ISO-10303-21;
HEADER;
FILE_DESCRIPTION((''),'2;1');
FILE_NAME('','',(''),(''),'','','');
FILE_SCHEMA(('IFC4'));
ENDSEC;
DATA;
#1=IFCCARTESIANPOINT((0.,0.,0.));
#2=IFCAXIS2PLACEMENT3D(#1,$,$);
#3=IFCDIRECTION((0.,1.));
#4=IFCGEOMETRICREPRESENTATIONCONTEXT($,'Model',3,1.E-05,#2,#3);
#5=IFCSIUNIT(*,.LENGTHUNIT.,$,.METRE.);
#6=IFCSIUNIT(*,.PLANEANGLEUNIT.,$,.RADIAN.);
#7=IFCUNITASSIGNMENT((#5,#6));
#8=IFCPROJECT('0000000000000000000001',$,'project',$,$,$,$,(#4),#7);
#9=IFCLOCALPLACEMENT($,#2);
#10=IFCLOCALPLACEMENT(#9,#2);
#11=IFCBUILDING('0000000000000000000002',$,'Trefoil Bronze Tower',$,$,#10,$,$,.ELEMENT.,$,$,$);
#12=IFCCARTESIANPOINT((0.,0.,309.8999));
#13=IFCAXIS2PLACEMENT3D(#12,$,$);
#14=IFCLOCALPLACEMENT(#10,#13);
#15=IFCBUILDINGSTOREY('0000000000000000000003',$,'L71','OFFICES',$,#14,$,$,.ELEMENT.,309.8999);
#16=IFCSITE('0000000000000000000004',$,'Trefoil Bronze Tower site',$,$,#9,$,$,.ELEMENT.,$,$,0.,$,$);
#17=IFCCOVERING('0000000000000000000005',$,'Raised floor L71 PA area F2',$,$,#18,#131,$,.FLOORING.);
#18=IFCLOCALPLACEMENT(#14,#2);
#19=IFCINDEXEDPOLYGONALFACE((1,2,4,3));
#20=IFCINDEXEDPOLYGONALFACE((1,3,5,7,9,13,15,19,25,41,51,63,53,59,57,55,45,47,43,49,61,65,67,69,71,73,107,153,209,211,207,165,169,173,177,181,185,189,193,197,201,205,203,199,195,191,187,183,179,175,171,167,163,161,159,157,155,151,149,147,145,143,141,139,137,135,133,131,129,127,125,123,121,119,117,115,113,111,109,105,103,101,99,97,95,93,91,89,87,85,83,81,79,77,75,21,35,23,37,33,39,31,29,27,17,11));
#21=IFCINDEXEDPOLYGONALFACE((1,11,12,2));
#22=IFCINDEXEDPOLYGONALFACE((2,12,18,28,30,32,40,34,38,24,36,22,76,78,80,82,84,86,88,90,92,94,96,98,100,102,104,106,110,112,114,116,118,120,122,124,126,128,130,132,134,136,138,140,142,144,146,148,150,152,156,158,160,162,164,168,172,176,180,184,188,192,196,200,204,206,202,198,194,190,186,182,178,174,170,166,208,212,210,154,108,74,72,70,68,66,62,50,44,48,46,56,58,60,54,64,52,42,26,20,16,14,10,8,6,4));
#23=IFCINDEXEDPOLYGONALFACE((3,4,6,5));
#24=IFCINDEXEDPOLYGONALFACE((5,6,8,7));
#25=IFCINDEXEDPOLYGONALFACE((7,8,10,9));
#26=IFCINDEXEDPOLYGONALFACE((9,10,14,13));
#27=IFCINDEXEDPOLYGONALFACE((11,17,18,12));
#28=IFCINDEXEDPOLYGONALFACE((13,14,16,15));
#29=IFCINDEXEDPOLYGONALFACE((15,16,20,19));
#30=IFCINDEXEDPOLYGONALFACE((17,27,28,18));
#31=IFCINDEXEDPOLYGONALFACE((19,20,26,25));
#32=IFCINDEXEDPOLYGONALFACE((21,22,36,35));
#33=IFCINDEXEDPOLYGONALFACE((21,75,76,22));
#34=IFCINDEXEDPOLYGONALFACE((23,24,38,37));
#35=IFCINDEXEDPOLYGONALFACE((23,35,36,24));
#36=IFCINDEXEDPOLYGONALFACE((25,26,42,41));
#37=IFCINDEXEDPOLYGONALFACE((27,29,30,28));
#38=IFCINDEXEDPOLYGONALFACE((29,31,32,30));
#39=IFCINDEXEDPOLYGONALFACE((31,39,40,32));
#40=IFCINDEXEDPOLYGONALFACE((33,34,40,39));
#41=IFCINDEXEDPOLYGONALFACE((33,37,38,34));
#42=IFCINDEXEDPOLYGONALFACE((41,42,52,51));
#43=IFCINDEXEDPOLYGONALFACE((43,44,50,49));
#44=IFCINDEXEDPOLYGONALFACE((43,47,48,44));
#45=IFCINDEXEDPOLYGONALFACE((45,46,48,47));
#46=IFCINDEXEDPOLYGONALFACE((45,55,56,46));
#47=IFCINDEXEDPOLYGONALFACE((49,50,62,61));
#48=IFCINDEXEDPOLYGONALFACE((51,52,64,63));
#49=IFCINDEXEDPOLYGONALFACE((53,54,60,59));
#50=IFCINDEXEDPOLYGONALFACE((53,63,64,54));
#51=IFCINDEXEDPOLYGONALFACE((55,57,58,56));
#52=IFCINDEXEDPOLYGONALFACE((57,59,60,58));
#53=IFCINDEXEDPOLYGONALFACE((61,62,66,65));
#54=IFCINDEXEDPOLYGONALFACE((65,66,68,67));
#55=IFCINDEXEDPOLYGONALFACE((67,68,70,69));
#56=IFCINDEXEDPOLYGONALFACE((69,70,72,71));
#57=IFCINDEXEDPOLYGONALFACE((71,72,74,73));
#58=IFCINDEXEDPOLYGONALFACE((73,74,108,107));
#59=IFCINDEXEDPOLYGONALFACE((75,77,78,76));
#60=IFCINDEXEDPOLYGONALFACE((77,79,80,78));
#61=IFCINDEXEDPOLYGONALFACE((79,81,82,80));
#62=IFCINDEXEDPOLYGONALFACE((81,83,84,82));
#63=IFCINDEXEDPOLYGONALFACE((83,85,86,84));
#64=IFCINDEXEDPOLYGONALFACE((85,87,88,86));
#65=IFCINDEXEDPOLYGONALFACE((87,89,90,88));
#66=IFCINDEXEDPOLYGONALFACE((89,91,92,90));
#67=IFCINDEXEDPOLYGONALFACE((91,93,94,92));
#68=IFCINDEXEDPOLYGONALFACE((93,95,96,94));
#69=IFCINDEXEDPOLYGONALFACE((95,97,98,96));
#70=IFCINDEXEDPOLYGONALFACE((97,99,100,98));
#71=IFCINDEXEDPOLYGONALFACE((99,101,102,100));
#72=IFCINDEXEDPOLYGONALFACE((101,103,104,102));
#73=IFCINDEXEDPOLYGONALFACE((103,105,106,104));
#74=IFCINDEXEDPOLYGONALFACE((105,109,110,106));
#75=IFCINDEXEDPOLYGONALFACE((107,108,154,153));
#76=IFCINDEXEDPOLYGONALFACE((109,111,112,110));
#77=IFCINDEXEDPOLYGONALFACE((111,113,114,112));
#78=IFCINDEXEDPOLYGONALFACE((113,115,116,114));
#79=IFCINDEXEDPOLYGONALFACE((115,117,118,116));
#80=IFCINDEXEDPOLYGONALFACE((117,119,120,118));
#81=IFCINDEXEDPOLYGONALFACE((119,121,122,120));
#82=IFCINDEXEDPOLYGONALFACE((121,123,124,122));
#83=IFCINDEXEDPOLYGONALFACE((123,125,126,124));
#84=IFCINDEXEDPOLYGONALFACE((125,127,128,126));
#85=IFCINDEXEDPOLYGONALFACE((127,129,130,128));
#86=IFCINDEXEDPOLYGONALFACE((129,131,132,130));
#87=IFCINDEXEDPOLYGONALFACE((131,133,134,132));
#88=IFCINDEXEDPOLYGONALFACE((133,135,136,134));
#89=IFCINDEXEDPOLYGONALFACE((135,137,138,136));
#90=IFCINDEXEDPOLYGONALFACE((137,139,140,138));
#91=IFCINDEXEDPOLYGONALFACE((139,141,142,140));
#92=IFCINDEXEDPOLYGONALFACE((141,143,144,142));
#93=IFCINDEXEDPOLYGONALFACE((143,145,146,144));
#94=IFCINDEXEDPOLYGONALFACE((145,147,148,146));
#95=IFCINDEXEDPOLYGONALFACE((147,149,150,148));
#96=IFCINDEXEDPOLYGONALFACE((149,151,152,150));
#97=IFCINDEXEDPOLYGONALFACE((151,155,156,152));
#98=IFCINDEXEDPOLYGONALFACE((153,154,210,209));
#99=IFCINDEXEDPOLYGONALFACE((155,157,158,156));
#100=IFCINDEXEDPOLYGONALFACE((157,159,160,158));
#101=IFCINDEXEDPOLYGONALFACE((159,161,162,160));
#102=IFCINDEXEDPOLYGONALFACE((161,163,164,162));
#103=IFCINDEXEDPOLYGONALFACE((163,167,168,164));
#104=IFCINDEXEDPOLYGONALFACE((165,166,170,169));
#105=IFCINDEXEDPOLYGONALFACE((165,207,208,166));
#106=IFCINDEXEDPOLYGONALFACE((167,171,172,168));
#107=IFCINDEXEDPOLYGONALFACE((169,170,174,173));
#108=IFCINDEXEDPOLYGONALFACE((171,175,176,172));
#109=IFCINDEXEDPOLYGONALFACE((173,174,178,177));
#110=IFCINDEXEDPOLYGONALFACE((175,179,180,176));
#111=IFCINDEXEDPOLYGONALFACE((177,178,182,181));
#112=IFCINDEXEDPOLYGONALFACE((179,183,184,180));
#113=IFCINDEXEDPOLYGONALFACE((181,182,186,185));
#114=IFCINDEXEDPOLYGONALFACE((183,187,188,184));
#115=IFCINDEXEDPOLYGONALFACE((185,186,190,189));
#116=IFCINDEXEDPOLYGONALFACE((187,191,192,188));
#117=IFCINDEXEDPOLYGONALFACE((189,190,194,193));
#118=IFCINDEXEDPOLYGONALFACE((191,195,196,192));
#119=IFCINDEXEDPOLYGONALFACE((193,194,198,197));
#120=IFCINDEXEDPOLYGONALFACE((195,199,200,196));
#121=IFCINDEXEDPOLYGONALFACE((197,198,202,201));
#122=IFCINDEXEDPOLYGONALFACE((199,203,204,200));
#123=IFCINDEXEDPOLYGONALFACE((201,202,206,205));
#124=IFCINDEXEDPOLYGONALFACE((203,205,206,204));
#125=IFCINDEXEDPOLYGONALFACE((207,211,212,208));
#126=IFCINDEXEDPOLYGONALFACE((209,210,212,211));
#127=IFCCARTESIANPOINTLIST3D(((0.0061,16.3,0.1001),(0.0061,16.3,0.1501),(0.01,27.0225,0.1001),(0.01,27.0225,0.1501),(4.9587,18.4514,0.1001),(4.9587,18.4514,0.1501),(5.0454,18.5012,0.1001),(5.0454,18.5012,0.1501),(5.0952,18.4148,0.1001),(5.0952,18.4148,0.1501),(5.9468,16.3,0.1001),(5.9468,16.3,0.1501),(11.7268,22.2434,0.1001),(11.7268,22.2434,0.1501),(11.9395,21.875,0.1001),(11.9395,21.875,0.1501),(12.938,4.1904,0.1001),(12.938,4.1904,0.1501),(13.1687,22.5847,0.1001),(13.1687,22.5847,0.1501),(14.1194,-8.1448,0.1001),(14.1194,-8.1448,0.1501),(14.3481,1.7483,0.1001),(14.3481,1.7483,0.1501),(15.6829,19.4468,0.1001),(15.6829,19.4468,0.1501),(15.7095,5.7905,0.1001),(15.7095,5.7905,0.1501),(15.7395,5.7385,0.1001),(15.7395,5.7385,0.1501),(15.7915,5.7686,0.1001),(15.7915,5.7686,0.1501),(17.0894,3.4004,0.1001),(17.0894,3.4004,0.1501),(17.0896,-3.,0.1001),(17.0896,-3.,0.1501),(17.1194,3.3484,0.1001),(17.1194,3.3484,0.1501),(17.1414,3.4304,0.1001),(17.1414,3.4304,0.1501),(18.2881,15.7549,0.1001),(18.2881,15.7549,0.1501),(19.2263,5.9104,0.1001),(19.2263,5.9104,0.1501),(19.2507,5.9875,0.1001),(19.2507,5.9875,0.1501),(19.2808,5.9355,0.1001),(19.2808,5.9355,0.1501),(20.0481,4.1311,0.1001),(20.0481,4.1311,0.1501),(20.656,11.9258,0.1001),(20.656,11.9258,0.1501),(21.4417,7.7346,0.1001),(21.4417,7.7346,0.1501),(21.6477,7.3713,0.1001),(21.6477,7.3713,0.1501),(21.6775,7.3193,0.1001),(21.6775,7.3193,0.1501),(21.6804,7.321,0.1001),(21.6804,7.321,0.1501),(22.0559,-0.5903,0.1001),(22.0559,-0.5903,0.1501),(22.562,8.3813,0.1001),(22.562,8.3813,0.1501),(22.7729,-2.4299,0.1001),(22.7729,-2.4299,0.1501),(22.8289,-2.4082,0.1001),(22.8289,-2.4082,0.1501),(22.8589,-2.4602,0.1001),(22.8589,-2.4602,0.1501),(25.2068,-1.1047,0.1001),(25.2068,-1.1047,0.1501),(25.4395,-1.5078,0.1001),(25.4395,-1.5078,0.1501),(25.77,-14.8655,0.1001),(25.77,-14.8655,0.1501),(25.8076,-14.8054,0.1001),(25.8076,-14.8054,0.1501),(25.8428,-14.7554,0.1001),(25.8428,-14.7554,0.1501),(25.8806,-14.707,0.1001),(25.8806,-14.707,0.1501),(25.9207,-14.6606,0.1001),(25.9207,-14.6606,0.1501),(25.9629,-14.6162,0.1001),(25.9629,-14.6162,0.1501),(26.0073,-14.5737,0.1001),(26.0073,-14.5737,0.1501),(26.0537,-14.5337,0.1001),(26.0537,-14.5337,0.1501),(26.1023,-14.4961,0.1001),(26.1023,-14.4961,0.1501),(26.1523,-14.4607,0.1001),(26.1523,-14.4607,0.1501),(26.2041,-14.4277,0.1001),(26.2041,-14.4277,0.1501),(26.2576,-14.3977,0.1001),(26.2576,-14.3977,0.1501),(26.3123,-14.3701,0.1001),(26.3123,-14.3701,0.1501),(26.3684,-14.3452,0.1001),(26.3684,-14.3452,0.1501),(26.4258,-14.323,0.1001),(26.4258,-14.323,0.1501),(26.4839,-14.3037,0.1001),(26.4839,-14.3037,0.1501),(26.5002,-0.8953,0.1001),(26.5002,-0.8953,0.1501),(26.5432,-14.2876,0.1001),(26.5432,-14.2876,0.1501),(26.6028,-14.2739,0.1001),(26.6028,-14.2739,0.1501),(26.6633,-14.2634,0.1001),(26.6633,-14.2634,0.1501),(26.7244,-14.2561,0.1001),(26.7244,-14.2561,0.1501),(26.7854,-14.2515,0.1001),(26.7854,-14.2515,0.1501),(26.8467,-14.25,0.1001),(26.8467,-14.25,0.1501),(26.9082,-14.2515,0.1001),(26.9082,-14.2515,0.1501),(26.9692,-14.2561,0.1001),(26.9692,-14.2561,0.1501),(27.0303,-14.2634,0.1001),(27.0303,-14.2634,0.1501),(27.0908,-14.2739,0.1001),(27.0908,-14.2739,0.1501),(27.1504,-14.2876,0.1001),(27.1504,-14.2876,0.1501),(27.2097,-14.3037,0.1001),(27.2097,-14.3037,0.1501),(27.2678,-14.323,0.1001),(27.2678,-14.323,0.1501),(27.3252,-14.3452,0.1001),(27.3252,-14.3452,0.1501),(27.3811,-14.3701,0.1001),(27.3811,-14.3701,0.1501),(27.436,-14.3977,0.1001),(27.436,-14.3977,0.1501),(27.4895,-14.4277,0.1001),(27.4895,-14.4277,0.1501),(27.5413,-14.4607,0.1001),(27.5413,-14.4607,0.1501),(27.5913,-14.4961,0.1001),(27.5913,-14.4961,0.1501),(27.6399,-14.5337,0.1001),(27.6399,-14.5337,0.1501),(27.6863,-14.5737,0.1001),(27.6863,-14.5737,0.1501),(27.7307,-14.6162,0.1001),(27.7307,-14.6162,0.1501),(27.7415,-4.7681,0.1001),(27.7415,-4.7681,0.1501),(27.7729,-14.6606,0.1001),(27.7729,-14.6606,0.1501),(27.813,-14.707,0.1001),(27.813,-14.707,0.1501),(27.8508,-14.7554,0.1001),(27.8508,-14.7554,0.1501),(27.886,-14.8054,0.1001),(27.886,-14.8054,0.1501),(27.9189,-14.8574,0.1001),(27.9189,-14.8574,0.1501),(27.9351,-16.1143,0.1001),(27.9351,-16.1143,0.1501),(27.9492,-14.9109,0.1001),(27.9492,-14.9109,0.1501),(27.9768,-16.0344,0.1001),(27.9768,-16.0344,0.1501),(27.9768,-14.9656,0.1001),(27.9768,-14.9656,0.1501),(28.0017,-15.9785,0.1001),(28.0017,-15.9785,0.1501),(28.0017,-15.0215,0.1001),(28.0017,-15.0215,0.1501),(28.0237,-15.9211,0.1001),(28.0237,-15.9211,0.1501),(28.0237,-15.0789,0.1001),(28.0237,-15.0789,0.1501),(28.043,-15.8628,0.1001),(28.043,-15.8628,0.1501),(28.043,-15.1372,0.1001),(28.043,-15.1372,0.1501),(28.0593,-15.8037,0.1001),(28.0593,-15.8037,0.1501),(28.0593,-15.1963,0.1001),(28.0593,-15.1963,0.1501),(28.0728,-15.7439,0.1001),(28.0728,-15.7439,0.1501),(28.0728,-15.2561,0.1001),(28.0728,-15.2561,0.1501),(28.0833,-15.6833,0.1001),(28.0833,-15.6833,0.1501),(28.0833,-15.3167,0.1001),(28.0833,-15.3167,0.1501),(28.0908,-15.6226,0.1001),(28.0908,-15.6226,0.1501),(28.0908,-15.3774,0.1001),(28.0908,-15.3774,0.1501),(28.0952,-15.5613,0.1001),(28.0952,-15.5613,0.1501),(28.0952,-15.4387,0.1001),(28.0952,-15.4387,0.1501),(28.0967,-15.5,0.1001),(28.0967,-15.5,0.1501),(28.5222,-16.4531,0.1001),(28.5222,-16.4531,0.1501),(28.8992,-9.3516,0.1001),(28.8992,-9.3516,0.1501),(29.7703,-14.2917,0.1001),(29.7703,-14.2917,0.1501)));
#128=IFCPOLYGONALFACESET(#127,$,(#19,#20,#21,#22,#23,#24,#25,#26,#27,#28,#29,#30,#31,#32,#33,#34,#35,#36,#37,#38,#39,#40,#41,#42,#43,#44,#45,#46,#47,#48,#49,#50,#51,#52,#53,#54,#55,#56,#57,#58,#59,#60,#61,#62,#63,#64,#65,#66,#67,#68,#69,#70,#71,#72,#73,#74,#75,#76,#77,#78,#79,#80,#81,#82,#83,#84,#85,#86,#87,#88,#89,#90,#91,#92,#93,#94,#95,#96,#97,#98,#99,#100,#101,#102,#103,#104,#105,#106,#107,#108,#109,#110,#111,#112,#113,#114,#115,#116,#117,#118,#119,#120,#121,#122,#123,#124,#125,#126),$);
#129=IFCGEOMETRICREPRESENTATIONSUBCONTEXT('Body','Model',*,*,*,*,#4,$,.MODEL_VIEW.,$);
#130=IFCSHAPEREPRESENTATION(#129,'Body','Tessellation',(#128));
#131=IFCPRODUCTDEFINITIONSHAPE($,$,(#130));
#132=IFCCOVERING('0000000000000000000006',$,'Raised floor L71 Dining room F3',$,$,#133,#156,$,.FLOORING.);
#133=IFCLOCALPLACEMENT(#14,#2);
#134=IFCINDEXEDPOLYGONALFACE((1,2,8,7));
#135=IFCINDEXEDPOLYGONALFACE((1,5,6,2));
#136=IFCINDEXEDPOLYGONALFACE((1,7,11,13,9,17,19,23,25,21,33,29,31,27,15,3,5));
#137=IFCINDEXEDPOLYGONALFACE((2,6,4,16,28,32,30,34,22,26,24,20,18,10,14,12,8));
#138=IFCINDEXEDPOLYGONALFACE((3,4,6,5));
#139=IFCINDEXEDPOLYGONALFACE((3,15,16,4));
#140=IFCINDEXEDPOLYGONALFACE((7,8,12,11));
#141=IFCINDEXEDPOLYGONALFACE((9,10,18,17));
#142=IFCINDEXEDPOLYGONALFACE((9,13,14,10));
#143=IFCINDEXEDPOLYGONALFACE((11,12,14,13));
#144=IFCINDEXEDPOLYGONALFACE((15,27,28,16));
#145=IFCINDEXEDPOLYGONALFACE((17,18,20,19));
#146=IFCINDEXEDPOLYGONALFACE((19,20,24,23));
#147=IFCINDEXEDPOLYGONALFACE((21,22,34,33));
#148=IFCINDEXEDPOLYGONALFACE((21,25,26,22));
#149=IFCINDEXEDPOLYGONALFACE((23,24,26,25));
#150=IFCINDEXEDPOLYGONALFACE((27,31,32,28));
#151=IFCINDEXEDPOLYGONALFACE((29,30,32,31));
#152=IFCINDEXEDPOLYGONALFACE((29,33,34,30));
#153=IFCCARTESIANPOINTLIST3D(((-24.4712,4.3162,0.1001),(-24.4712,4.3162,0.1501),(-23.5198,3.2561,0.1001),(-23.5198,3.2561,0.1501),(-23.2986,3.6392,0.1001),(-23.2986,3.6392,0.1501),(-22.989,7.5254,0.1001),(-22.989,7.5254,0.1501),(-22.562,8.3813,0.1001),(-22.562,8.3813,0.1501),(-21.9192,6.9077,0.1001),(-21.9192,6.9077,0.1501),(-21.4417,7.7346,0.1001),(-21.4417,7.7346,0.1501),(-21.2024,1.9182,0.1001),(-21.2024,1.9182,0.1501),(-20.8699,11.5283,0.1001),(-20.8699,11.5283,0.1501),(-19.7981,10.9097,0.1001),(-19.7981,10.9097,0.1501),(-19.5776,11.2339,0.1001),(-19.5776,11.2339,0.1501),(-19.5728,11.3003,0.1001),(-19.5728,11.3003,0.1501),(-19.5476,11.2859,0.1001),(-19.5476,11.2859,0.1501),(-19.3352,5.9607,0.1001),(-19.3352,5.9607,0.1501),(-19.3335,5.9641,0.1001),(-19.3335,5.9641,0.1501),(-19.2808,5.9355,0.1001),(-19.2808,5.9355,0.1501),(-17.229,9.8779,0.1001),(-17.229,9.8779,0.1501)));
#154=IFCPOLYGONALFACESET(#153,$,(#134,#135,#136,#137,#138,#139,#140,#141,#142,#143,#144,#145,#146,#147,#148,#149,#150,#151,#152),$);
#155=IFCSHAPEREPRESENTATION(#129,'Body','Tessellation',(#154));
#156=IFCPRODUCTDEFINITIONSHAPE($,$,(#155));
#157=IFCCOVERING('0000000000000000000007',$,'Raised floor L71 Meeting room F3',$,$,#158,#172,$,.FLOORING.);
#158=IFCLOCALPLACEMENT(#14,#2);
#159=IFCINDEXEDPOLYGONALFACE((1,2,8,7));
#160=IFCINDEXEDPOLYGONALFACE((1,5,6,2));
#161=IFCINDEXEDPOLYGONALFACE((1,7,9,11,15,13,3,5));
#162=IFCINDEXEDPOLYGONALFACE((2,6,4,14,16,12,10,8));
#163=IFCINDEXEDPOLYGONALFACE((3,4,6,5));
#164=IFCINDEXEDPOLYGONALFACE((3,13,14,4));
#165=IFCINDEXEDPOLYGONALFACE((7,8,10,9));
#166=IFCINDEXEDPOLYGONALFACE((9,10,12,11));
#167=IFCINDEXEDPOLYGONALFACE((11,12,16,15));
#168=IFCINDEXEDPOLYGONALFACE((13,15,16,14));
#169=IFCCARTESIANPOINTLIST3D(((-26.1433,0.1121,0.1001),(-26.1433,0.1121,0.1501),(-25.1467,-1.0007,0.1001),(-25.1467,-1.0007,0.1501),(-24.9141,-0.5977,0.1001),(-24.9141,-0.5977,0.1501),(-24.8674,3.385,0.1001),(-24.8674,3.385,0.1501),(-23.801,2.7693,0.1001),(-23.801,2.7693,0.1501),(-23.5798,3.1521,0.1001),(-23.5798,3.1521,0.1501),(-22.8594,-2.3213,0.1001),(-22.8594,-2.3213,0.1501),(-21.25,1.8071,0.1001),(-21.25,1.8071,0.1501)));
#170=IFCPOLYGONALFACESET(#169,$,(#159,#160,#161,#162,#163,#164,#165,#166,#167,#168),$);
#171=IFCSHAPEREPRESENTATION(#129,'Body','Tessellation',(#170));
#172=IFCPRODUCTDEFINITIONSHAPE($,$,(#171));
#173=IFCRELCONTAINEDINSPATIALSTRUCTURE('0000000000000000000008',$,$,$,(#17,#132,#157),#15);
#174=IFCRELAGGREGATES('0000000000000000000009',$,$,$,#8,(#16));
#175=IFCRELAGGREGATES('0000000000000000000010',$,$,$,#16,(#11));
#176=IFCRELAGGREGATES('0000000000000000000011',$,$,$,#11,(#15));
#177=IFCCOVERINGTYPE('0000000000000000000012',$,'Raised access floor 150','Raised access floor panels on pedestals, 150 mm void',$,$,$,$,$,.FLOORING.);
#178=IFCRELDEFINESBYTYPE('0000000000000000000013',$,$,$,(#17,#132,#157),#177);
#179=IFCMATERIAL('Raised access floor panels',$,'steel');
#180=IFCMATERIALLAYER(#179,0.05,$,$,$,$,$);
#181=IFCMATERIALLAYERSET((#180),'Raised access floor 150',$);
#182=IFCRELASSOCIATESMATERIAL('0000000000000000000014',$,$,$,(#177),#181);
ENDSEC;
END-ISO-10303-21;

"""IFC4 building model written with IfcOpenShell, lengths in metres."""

from ifc_helpers import new_model, si_unit, direction, frame, origin, place, context, subcontext, project, spatial, polyline, outline, extrude, material, layer, layer_set, type_object, element, save


model = new_model("IFC4")

# Units and contexts
model_context = context("Model", 3, precision=1e-05, world=origin(), true_north=direction((0.0, 1.0)))
body_context = subcontext(model_context, "Body", "Model", "MODEL_VIEW")
ifc_project = project(units=[si_unit("LENGTHUNIT", "METRE"), si_unit("PLANEANGLEUNIT", "RADIAN")], contexts=[model_context])

# Site, building, storey
site_placement = place(None, origin())
site = spatial("IfcSite", under=ifc_project, at=site_placement, Name="Trefoil Bronze Tower site", CompositionType="ELEMENT", RefElevation=0.0)
building_placement = place(site_placement, origin())
building = spatial("IfcBuilding", under=site, at=building_placement, Name="Trefoil Bronze Tower", CompositionType="ELEMENT")
storey_placement = place(building_placement, frame((0.0, 0.0, 309.8999)))
storey = spatial("IfcBuildingStorey", under=building, at=storey_placement, Name="L71", Description="OFFICES", CompositionType="ELEMENT", Elevation=309.8999)

# Coverings
ifc_material_1 = material(Name="Raised access floor panels", Category="steel")
ifc_layer_1 = layer(ifc_material_1, 0.05)
ifc_layer_set_1 = layer_set([ifc_layer_1], Name="Raised access floor 150")
covering_type_1 = type_object("IfcCoveringType", Name="Raised access floor 150", Description="Raised access floor panels on pedestals, 150 mm void", PredefinedType="FLOORING", material=ifc_layer_set_1)
covering_1_placement = place(storey_placement, frame((0.0, 0.0, 0.1001)))
element("IfcCovering", 1, at=covering_1_placement, inside=storey, type_object=covering_type_1, Name="Raised floor L71 PA area F2", PredefinedType="FLOORING", context=body_context, shape_type="SweptSolid", body=[
    extrude(outline(polyline([(20.656, 11.9258), (22.562, 8.3813), (21.4417, 7.7346), (21.6804, 7.321), (21.6775, 7.3193), (21.6477, 7.3713), (19.2507, 5.9875), (19.2808, 5.9355), (19.2263, 5.9104), (20.0481, 4.1311), (22.0559, -0.5903), (22.7729, -2.4299), (22.8289, -2.4082), (22.8589, -2.4602), (25.2068, -1.1047), (25.4395, -1.5078), (26.5002, -0.8953), (27.7415, -4.7681), (28.8992, -9.3516), (29.7703, -14.2917), (28.5222, -16.4531), (27.9351, -16.1143), (27.9768, -16.0344), (28.0017, -15.9785), (28.0237, -15.9211), (28.043, -15.8628), (28.0593, -15.8037), (28.0728, -15.7439), (28.0833, -15.6833), (28.0908, -15.6226), (28.0952, -15.5613), (28.0967, -15.5), (28.0952, -15.4387), (28.0908, -15.3774), (28.0833, -15.3167), (28.0728, -15.2561), (28.0593, -15.1963), (28.043, -15.1372), (28.0237, -15.0789), (28.0017, -15.0215), (27.9768, -14.9656), (27.9492, -14.9109), (27.9189, -14.8574), (27.886, -14.8054), (27.8508, -14.7554), (27.813, -14.707), (27.7729, -14.6606), (27.7307, -14.6162), (27.6863, -14.5737), (27.6399, -14.5337), (27.5913, -14.4961), (27.5413, -14.4607), (27.4895, -14.4277), (27.436, -14.3977), (27.3811, -14.3701), (27.3252, -14.3452), (27.2678, -14.323), (27.2097, -14.3037), (27.1504, -14.2876), (27.0908, -14.2739), (27.0303, -14.2634), (26.9692, -14.2561), (26.9082, -14.2515), (26.8467, -14.25), (26.7854, -14.2515), (26.7244, -14.2561), (26.6633, -14.2634), (26.6028, -14.2739), (26.5432, -14.2876), (26.4839, -14.3037), (26.4258, -14.323), (26.3684, -14.3452), (26.3123, -14.3701), (26.2576, -14.3977), (26.2041, -14.4277), (26.1523, -14.4607), (26.1023, -14.4961), (26.0537, -14.5337), (26.0073, -14.5737), (25.9629, -14.6162), (25.9207, -14.6606), (25.8806, -14.707), (25.8428, -14.7554), (25.8076, -14.8054), (25.77, -14.8655), (14.1194, -8.1448), (17.0896, -3.0), (14.3481, 1.7483), (17.1194, 3.3484), (17.0894, 3.4004), (17.1414, 3.4304), (15.7915, 5.7686), (15.7395, 5.7385), (15.7095, 5.7905), (12.938, 4.1904), (5.9468, 16.3), (0.0061, 16.3), (0.01, 27.0225), (4.9587, 18.4514), (5.0454, 18.5012), (5.0952, 18.4148), (11.7268, 22.2434), (11.9395, 21.875), (13.1687, 22.5847), (15.6829, 19.4468), (18.2881, 15.7549), (20.656, 11.9258)])), origin(), (0.0, 0.0, 1.0), 0.05),
])
covering_2_placement = place(storey_placement, frame((0.0, 0.0, 0.1001)))
element("IfcCovering", 2, at=covering_2_placement, inside=storey, type_object=covering_type_1, Name="Raised floor L71 Dining room F3", PredefinedType="FLOORING", context=body_context, shape_type="SweptSolid", body=[
    extrude(outline(polyline([(-22.989, 7.5254), (-21.9192, 6.9077), (-21.4417, 7.7346), (-22.562, 8.3813), (-20.8699, 11.5283), (-19.7981, 10.9097), (-19.5728, 11.3003), (-19.5476, 11.2859), (-19.5776, 11.2339), (-17.229, 9.8779), (-19.3335, 5.9641), (-19.2808, 5.9355), (-19.3352, 5.9607), (-21.2024, 1.9182), (-23.5198, 3.2561), (-23.2986, 3.6392), (-24.4712, 4.3162), (-22.989, 7.5254)])), origin(), (0.0, 0.0, 1.0), 0.05),
])
covering_3_placement = place(storey_placement, frame((0.0, 0.0, 0.1001)))
element("IfcCovering", 3, at=covering_3_placement, inside=storey, type_object=covering_type_1, Name="Raised floor L71 Meeting room F3", PredefinedType="FLOORING", context=body_context, shape_type="SweptSolid", body=[
    extrude(outline(polyline([(-24.8674, 3.385), (-23.801, 2.7693), (-23.5798, 3.1521), (-21.25, 1.8071), (-22.8594, -2.3213), (-25.1467, -1.0007), (-24.9141, -0.5977), (-26.1433, 0.1121), (-24.8674, 3.385)])), origin(), (0.0, 0.0, 1.0), 0.05),
])

save(model, "model.ifc")
